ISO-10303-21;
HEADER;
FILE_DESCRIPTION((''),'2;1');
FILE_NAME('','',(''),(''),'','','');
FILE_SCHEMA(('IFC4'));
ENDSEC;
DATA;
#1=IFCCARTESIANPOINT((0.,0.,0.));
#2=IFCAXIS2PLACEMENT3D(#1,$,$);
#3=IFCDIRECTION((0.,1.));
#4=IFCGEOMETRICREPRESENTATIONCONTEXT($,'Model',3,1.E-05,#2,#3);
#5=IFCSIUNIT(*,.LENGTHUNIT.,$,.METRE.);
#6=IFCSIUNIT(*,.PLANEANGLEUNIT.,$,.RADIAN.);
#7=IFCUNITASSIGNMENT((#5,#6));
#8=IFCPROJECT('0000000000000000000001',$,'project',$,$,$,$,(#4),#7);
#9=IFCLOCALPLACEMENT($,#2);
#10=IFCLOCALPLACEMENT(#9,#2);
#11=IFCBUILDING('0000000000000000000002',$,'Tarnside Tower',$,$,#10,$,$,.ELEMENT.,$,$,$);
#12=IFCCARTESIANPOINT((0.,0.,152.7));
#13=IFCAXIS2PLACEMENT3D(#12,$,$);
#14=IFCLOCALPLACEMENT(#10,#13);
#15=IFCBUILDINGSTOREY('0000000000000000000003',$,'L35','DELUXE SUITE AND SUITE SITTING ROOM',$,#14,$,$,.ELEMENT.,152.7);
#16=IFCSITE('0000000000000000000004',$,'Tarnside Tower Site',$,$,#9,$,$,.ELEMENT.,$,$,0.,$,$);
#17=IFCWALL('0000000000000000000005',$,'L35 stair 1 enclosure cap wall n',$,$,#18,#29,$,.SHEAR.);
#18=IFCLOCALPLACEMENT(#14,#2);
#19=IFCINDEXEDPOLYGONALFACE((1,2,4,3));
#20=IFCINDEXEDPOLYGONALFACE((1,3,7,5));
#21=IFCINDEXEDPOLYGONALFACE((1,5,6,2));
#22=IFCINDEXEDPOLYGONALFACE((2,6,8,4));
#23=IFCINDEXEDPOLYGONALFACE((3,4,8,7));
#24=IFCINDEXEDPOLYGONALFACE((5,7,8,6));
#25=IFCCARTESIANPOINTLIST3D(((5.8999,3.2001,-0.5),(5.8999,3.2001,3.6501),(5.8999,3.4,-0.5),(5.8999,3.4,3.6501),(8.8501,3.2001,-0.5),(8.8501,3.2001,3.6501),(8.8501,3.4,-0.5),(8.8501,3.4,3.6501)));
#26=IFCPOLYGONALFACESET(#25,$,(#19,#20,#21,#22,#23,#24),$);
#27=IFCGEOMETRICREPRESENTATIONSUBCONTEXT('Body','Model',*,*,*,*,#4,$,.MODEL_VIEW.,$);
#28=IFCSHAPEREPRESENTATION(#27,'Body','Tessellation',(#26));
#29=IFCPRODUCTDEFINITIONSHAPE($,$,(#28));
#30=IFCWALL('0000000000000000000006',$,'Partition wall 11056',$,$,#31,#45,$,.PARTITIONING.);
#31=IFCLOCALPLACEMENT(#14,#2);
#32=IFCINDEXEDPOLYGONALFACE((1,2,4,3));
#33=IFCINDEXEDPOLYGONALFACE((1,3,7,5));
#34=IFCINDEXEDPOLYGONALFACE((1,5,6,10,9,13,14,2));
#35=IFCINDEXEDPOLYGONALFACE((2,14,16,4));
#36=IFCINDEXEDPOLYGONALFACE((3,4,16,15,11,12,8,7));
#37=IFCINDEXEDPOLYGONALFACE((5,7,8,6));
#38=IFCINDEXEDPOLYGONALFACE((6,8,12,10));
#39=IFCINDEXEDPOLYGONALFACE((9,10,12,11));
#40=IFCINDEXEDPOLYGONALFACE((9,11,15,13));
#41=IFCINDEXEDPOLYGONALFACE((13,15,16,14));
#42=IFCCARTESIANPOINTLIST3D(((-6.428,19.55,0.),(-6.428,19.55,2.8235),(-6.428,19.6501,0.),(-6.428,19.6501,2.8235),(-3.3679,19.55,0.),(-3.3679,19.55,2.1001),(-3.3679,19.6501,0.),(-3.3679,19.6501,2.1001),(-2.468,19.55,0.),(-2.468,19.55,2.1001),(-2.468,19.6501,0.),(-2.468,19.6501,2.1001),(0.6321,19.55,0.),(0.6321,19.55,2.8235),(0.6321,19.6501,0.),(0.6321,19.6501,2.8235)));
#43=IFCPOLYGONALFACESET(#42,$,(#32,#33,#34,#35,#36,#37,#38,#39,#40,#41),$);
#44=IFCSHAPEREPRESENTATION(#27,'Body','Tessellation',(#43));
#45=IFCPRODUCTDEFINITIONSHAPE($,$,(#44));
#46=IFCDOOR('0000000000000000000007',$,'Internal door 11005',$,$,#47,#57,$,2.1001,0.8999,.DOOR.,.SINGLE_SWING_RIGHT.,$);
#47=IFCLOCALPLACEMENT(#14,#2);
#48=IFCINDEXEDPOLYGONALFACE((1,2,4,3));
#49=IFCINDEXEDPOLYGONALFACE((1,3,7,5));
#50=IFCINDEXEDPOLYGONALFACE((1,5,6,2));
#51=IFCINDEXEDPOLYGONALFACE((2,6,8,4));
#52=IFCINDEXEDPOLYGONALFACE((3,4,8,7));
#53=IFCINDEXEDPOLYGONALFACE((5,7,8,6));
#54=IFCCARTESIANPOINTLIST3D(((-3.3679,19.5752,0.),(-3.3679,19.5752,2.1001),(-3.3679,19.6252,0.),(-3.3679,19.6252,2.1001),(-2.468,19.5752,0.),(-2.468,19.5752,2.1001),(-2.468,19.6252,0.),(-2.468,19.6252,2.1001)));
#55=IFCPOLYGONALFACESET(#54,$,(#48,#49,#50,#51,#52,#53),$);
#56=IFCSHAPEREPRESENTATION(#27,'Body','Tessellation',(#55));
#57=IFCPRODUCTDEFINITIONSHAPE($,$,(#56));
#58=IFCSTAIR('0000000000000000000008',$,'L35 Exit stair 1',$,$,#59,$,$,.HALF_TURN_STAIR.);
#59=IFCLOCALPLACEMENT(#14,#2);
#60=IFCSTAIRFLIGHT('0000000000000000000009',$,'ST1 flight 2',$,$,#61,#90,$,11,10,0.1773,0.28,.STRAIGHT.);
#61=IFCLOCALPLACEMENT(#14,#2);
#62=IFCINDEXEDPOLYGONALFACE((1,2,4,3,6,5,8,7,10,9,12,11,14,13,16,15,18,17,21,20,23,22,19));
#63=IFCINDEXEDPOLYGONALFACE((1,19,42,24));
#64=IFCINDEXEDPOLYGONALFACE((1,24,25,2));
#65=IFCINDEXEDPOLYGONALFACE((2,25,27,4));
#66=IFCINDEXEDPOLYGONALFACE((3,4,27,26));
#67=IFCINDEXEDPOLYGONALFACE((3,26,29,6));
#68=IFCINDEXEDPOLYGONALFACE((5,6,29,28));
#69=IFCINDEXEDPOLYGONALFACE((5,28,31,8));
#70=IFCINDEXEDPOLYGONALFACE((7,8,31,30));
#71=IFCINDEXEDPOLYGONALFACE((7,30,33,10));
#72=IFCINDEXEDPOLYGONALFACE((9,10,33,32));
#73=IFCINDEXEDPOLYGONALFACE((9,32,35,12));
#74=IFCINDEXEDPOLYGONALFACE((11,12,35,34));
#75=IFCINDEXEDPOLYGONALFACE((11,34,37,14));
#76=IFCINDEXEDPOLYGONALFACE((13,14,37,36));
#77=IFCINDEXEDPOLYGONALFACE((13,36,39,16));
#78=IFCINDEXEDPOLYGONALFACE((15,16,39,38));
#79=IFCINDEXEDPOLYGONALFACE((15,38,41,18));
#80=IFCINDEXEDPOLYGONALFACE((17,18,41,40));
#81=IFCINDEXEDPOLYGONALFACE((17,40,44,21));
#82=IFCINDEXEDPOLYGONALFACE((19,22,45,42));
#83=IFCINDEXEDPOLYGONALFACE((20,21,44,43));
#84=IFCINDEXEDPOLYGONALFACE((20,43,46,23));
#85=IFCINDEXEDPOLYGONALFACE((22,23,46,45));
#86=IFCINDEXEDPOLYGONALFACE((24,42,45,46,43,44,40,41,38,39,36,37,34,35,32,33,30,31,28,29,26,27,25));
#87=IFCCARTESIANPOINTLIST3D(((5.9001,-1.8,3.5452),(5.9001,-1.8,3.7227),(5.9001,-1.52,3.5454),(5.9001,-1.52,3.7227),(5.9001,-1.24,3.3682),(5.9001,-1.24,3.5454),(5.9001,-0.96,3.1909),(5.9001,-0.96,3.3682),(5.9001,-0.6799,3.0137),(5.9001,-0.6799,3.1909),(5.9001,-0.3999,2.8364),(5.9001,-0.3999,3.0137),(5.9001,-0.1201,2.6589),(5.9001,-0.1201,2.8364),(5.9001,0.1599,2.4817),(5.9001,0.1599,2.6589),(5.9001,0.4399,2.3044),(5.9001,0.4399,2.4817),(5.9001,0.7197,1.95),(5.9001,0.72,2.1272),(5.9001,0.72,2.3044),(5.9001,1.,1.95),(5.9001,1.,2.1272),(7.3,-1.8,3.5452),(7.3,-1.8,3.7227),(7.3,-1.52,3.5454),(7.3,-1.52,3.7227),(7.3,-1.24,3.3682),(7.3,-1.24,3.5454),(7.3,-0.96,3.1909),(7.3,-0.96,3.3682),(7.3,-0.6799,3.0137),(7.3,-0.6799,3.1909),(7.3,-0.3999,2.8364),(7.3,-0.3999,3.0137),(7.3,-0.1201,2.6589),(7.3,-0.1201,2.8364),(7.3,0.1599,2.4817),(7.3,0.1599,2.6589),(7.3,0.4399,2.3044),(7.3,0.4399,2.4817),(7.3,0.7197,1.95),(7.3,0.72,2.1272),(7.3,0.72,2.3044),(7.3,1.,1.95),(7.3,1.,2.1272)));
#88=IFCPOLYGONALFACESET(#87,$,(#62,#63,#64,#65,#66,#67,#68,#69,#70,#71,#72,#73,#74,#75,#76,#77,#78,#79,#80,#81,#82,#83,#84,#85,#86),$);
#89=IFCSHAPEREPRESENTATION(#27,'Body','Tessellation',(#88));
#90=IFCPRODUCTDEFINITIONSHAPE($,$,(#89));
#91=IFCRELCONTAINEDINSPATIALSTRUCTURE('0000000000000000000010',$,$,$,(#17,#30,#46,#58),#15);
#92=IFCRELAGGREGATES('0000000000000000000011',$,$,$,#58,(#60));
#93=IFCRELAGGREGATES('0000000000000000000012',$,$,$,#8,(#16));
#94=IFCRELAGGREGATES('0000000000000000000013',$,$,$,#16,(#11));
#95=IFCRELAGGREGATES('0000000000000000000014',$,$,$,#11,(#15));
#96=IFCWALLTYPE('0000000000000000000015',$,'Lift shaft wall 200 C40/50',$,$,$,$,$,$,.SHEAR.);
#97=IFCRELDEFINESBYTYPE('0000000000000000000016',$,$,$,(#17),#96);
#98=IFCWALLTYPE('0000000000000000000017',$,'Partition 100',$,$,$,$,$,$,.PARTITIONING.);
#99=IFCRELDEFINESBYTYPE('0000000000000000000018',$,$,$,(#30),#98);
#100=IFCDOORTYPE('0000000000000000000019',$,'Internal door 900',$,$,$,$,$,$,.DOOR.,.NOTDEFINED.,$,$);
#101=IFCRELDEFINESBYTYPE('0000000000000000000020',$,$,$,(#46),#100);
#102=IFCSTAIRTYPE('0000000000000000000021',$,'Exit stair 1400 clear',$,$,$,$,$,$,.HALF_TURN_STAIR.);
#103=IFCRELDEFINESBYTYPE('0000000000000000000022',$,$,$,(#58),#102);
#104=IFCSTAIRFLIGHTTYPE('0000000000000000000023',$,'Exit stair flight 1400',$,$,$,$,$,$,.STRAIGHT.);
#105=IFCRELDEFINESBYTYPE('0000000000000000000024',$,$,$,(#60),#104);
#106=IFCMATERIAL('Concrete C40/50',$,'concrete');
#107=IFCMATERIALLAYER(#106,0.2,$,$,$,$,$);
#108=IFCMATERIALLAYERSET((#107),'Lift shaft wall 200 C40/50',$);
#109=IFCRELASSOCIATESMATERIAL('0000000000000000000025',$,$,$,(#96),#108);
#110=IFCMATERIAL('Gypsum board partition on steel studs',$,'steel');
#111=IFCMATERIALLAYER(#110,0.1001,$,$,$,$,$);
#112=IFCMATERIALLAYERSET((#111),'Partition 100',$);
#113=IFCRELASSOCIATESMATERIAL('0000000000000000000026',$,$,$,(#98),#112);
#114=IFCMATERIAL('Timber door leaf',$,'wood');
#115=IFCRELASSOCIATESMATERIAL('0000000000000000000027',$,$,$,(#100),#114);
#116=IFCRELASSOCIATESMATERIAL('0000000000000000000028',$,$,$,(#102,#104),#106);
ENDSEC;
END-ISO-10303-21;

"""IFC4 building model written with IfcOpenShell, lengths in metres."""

from ifc_helpers import new_model, si_unit, direction, frame, frame_2d, origin, place, context, subcontext, project, spatial, polyline, rectangle, outline, extrude, material, layer, layer_set, type_object, element, fill, aggregate, save


model = new_model("IFC4")

# Units and contexts
model_context = context("Model", 3, precision=1e-05, world=origin(), true_north=direction((0.0, 1.0)))
body_context = subcontext(model_context, "Body", "Model", "MODEL_VIEW")
ifc_project = project(units=[si_unit("LENGTHUNIT", "METRE"), si_unit("PLANEANGLEUNIT", "RADIAN")], contexts=[model_context])

# Site, building, storey
site_placement = place(None, origin())
site = spatial("IfcSite", under=ifc_project, at=site_placement, Name="Tarnside Tower Site", CompositionType="ELEMENT", RefElevation=0.0)
building_placement = place(site_placement, origin())
building = spatial("IfcBuilding", under=site, at=building_placement, Name="Tarnside Tower", CompositionType="ELEMENT")
storey_placement = place(building_placement, frame((0.0, 0.0, 152.7)))
storey = spatial("IfcBuildingStorey", under=building, at=storey_placement, Name="L35", Description="DELUXE SUITE AND SUITE SITTING ROOM", CompositionType="ELEMENT", Elevation=152.7)

# Shared definitions
ifc_material_1 = material(Name="Gypsum board partition on steel studs", Category="steel")
ifc_material_2 = material(Name="Timber door leaf", Category="wood")

# Wall
ifc_material_3 = material(Name="Concrete C40/50", Category="concrete")
ifc_layer_1 = layer(ifc_material_3, 0.2)
ifc_layer_set_1 = layer_set([ifc_layer_1], Name="Lift shaft wall 200 C40/50")
wall_type_1 = type_object("IfcWallType", Name="Lift shaft wall 200 C40/50", PredefinedType="SHEAR", material=ifc_layer_set_1)
wall_1_placement = place(storey_placement, frame((5.8999, 3.3, -0.5), z_axis=(0.0, 0.0, 1.0), x_axis=(1.0, 0.0, 0.0)))
element("IfcWall", 1, at=wall_1_placement, inside=storey, type_object=wall_type_1, Name="L35 stair 1 enclosure cap wall n", PredefinedType="SHEAR", context=body_context, shape_type="SweptSolid", body=[
    extrude(rectangle(XDim=2.9502, YDim=0.2, at=frame_2d((1.4751, 0.0))), origin(), (0.0, 0.0, 1.0), 4.1501),
])

# Wall, opening, door
ifc_layer_2 = layer(ifc_material_1, 0.1001)
ifc_layer_set_2 = layer_set([ifc_layer_2], Name="Partition 100")
wall_type_2 = type_object("IfcWallType", Name="Partition 100", PredefinedType="PARTITIONING", material=ifc_layer_set_2)
wall_2_placement = place(storey_placement, frame((0.6321, 19.6001, 0.0), z_axis=(0.0, 0.0, 1.0), x_axis=(-1.0, 0.0, 0.0)))
wall_2 = element("IfcWall", 2, at=wall_2_placement, inside=storey, type_object=wall_type_2, Name="Partition wall 11056", PredefinedType="PARTITIONING", context=body_context, shape_type="SweptSolid", body=[
    extrude(rectangle(XDim=7.0601, YDim=0.1001, at=frame_2d((3.53, 0.0))), origin(), (0.0, 0.0, 1.0), 2.8235),
])
opening_1_placement = place(wall_2_placement, frame((3.1001, 0.0, 0.0)))
opening_1 = element("IfcOpeningElement", 3, at=opening_1_placement, cuts=wall_2, PredefinedType="OPENING", context=body_context, shape_type="SweptSolid", body=[
    extrude(rectangle(XDim=0.8999, YDim=2.1001, at=frame_2d((0.45, 1.05))), frame((0.0, 0.0601, 0.0), z_axis=(0.0, -1.0, 0.0), x_axis=(1.0, 0.0, 0.0)), (0.0, 0.0, 1.0), 0.1201),
])
door_type_1 = type_object("IfcDoorType", Name="Internal door 900", OperationType="NOTDEFINED", PredefinedType="DOOR", material=ifc_material_2)
door_1_placement = place(opening_1_placement, origin())
door_1 = element("IfcDoor", 4, at=door_1_placement, inside=storey, type_object=door_type_1, Name="Internal door 11005", OperationType="SINGLE_SWING_RIGHT", OverallHeight=2.1001, OverallWidth=0.8999, PredefinedType="DOOR", context=body_context, shape_type="SweptSolid", body=[
    extrude(rectangle(XDim=0.8999, YDim=2.1001, at=frame_2d((0.45, 1.05))), frame((0.0, 0.0249, 0.0), z_axis=(0.0, -1.0, 0.0), x_axis=(1.0, 0.0, 0.0)), (0.0, 0.0, 1.0), 0.05),
])
fill(opening_1, door_1)

# Stair, stair flight
stair_type = type_object("IfcStairType", Name="Exit stair 1400 clear", PredefinedType="HALF_TURN_STAIR", material=ifc_material_3)
stair_placement = place(storey_placement, origin())
stair = element("IfcStair", 5, at=stair_placement, inside=storey, type_object=stair_type, Name="L35 Exit stair 1", PredefinedType="HALF_TURN_STAIR")
stair_flight_type = type_object("IfcStairFlightType", Name="Exit stair flight 1400", PredefinedType="STRAIGHT", material=ifc_material_3)
stair_flight_placement = place(storey_placement, frame((6.6001, 1.0, 1.95), z_axis=(0.0, 0.0, 1.0), x_axis=(0.0, -1.0, 0.0)))
stair_flight = element("IfcStairFlight", 6, at=stair_flight_placement, type_object=stair_flight_type, Name="ST1 flight 2", NumberOfRisers=11, NumberOfTreads=10, PredefinedType="STRAIGHT", RiserHeight=0.1773, TreadLength=0.28, context=body_context, shape_type="SweptSolid", body=[
    extrude(outline(polyline([(0.0, 0.0), (0.0, 0.1772), (0.28, 0.1772), (0.28, 0.3545), (0.5601, 0.3545), (0.5601, 0.5317), (0.8401, 0.5317), (0.8401, 0.709), (1.1201, 0.709), (1.1201, 0.8865), (1.3999, 0.8865), (1.3999, 1.0637), (1.6799, 1.0637), (1.6799, 1.241), (1.96, 1.241), (1.96, 1.4182), (2.24, 1.4182), (2.24, 1.5955), (2.52, 1.5955), (2.52, 1.7727), (2.8, 1.7727), (2.8, 1.95), (2.8, 1.5952), (0.2803, 0.0), (0.0, 0.0)])), frame((0.0, 0.7, 0.0), z_axis=(0.0, -1.0, 0.0), x_axis=(1.0, 0.0, 0.0)), (0.0, 0.0, 1.0), 1.3999),
])
aggregate(stair, [stair_flight])

save(model, "model.ifc")
